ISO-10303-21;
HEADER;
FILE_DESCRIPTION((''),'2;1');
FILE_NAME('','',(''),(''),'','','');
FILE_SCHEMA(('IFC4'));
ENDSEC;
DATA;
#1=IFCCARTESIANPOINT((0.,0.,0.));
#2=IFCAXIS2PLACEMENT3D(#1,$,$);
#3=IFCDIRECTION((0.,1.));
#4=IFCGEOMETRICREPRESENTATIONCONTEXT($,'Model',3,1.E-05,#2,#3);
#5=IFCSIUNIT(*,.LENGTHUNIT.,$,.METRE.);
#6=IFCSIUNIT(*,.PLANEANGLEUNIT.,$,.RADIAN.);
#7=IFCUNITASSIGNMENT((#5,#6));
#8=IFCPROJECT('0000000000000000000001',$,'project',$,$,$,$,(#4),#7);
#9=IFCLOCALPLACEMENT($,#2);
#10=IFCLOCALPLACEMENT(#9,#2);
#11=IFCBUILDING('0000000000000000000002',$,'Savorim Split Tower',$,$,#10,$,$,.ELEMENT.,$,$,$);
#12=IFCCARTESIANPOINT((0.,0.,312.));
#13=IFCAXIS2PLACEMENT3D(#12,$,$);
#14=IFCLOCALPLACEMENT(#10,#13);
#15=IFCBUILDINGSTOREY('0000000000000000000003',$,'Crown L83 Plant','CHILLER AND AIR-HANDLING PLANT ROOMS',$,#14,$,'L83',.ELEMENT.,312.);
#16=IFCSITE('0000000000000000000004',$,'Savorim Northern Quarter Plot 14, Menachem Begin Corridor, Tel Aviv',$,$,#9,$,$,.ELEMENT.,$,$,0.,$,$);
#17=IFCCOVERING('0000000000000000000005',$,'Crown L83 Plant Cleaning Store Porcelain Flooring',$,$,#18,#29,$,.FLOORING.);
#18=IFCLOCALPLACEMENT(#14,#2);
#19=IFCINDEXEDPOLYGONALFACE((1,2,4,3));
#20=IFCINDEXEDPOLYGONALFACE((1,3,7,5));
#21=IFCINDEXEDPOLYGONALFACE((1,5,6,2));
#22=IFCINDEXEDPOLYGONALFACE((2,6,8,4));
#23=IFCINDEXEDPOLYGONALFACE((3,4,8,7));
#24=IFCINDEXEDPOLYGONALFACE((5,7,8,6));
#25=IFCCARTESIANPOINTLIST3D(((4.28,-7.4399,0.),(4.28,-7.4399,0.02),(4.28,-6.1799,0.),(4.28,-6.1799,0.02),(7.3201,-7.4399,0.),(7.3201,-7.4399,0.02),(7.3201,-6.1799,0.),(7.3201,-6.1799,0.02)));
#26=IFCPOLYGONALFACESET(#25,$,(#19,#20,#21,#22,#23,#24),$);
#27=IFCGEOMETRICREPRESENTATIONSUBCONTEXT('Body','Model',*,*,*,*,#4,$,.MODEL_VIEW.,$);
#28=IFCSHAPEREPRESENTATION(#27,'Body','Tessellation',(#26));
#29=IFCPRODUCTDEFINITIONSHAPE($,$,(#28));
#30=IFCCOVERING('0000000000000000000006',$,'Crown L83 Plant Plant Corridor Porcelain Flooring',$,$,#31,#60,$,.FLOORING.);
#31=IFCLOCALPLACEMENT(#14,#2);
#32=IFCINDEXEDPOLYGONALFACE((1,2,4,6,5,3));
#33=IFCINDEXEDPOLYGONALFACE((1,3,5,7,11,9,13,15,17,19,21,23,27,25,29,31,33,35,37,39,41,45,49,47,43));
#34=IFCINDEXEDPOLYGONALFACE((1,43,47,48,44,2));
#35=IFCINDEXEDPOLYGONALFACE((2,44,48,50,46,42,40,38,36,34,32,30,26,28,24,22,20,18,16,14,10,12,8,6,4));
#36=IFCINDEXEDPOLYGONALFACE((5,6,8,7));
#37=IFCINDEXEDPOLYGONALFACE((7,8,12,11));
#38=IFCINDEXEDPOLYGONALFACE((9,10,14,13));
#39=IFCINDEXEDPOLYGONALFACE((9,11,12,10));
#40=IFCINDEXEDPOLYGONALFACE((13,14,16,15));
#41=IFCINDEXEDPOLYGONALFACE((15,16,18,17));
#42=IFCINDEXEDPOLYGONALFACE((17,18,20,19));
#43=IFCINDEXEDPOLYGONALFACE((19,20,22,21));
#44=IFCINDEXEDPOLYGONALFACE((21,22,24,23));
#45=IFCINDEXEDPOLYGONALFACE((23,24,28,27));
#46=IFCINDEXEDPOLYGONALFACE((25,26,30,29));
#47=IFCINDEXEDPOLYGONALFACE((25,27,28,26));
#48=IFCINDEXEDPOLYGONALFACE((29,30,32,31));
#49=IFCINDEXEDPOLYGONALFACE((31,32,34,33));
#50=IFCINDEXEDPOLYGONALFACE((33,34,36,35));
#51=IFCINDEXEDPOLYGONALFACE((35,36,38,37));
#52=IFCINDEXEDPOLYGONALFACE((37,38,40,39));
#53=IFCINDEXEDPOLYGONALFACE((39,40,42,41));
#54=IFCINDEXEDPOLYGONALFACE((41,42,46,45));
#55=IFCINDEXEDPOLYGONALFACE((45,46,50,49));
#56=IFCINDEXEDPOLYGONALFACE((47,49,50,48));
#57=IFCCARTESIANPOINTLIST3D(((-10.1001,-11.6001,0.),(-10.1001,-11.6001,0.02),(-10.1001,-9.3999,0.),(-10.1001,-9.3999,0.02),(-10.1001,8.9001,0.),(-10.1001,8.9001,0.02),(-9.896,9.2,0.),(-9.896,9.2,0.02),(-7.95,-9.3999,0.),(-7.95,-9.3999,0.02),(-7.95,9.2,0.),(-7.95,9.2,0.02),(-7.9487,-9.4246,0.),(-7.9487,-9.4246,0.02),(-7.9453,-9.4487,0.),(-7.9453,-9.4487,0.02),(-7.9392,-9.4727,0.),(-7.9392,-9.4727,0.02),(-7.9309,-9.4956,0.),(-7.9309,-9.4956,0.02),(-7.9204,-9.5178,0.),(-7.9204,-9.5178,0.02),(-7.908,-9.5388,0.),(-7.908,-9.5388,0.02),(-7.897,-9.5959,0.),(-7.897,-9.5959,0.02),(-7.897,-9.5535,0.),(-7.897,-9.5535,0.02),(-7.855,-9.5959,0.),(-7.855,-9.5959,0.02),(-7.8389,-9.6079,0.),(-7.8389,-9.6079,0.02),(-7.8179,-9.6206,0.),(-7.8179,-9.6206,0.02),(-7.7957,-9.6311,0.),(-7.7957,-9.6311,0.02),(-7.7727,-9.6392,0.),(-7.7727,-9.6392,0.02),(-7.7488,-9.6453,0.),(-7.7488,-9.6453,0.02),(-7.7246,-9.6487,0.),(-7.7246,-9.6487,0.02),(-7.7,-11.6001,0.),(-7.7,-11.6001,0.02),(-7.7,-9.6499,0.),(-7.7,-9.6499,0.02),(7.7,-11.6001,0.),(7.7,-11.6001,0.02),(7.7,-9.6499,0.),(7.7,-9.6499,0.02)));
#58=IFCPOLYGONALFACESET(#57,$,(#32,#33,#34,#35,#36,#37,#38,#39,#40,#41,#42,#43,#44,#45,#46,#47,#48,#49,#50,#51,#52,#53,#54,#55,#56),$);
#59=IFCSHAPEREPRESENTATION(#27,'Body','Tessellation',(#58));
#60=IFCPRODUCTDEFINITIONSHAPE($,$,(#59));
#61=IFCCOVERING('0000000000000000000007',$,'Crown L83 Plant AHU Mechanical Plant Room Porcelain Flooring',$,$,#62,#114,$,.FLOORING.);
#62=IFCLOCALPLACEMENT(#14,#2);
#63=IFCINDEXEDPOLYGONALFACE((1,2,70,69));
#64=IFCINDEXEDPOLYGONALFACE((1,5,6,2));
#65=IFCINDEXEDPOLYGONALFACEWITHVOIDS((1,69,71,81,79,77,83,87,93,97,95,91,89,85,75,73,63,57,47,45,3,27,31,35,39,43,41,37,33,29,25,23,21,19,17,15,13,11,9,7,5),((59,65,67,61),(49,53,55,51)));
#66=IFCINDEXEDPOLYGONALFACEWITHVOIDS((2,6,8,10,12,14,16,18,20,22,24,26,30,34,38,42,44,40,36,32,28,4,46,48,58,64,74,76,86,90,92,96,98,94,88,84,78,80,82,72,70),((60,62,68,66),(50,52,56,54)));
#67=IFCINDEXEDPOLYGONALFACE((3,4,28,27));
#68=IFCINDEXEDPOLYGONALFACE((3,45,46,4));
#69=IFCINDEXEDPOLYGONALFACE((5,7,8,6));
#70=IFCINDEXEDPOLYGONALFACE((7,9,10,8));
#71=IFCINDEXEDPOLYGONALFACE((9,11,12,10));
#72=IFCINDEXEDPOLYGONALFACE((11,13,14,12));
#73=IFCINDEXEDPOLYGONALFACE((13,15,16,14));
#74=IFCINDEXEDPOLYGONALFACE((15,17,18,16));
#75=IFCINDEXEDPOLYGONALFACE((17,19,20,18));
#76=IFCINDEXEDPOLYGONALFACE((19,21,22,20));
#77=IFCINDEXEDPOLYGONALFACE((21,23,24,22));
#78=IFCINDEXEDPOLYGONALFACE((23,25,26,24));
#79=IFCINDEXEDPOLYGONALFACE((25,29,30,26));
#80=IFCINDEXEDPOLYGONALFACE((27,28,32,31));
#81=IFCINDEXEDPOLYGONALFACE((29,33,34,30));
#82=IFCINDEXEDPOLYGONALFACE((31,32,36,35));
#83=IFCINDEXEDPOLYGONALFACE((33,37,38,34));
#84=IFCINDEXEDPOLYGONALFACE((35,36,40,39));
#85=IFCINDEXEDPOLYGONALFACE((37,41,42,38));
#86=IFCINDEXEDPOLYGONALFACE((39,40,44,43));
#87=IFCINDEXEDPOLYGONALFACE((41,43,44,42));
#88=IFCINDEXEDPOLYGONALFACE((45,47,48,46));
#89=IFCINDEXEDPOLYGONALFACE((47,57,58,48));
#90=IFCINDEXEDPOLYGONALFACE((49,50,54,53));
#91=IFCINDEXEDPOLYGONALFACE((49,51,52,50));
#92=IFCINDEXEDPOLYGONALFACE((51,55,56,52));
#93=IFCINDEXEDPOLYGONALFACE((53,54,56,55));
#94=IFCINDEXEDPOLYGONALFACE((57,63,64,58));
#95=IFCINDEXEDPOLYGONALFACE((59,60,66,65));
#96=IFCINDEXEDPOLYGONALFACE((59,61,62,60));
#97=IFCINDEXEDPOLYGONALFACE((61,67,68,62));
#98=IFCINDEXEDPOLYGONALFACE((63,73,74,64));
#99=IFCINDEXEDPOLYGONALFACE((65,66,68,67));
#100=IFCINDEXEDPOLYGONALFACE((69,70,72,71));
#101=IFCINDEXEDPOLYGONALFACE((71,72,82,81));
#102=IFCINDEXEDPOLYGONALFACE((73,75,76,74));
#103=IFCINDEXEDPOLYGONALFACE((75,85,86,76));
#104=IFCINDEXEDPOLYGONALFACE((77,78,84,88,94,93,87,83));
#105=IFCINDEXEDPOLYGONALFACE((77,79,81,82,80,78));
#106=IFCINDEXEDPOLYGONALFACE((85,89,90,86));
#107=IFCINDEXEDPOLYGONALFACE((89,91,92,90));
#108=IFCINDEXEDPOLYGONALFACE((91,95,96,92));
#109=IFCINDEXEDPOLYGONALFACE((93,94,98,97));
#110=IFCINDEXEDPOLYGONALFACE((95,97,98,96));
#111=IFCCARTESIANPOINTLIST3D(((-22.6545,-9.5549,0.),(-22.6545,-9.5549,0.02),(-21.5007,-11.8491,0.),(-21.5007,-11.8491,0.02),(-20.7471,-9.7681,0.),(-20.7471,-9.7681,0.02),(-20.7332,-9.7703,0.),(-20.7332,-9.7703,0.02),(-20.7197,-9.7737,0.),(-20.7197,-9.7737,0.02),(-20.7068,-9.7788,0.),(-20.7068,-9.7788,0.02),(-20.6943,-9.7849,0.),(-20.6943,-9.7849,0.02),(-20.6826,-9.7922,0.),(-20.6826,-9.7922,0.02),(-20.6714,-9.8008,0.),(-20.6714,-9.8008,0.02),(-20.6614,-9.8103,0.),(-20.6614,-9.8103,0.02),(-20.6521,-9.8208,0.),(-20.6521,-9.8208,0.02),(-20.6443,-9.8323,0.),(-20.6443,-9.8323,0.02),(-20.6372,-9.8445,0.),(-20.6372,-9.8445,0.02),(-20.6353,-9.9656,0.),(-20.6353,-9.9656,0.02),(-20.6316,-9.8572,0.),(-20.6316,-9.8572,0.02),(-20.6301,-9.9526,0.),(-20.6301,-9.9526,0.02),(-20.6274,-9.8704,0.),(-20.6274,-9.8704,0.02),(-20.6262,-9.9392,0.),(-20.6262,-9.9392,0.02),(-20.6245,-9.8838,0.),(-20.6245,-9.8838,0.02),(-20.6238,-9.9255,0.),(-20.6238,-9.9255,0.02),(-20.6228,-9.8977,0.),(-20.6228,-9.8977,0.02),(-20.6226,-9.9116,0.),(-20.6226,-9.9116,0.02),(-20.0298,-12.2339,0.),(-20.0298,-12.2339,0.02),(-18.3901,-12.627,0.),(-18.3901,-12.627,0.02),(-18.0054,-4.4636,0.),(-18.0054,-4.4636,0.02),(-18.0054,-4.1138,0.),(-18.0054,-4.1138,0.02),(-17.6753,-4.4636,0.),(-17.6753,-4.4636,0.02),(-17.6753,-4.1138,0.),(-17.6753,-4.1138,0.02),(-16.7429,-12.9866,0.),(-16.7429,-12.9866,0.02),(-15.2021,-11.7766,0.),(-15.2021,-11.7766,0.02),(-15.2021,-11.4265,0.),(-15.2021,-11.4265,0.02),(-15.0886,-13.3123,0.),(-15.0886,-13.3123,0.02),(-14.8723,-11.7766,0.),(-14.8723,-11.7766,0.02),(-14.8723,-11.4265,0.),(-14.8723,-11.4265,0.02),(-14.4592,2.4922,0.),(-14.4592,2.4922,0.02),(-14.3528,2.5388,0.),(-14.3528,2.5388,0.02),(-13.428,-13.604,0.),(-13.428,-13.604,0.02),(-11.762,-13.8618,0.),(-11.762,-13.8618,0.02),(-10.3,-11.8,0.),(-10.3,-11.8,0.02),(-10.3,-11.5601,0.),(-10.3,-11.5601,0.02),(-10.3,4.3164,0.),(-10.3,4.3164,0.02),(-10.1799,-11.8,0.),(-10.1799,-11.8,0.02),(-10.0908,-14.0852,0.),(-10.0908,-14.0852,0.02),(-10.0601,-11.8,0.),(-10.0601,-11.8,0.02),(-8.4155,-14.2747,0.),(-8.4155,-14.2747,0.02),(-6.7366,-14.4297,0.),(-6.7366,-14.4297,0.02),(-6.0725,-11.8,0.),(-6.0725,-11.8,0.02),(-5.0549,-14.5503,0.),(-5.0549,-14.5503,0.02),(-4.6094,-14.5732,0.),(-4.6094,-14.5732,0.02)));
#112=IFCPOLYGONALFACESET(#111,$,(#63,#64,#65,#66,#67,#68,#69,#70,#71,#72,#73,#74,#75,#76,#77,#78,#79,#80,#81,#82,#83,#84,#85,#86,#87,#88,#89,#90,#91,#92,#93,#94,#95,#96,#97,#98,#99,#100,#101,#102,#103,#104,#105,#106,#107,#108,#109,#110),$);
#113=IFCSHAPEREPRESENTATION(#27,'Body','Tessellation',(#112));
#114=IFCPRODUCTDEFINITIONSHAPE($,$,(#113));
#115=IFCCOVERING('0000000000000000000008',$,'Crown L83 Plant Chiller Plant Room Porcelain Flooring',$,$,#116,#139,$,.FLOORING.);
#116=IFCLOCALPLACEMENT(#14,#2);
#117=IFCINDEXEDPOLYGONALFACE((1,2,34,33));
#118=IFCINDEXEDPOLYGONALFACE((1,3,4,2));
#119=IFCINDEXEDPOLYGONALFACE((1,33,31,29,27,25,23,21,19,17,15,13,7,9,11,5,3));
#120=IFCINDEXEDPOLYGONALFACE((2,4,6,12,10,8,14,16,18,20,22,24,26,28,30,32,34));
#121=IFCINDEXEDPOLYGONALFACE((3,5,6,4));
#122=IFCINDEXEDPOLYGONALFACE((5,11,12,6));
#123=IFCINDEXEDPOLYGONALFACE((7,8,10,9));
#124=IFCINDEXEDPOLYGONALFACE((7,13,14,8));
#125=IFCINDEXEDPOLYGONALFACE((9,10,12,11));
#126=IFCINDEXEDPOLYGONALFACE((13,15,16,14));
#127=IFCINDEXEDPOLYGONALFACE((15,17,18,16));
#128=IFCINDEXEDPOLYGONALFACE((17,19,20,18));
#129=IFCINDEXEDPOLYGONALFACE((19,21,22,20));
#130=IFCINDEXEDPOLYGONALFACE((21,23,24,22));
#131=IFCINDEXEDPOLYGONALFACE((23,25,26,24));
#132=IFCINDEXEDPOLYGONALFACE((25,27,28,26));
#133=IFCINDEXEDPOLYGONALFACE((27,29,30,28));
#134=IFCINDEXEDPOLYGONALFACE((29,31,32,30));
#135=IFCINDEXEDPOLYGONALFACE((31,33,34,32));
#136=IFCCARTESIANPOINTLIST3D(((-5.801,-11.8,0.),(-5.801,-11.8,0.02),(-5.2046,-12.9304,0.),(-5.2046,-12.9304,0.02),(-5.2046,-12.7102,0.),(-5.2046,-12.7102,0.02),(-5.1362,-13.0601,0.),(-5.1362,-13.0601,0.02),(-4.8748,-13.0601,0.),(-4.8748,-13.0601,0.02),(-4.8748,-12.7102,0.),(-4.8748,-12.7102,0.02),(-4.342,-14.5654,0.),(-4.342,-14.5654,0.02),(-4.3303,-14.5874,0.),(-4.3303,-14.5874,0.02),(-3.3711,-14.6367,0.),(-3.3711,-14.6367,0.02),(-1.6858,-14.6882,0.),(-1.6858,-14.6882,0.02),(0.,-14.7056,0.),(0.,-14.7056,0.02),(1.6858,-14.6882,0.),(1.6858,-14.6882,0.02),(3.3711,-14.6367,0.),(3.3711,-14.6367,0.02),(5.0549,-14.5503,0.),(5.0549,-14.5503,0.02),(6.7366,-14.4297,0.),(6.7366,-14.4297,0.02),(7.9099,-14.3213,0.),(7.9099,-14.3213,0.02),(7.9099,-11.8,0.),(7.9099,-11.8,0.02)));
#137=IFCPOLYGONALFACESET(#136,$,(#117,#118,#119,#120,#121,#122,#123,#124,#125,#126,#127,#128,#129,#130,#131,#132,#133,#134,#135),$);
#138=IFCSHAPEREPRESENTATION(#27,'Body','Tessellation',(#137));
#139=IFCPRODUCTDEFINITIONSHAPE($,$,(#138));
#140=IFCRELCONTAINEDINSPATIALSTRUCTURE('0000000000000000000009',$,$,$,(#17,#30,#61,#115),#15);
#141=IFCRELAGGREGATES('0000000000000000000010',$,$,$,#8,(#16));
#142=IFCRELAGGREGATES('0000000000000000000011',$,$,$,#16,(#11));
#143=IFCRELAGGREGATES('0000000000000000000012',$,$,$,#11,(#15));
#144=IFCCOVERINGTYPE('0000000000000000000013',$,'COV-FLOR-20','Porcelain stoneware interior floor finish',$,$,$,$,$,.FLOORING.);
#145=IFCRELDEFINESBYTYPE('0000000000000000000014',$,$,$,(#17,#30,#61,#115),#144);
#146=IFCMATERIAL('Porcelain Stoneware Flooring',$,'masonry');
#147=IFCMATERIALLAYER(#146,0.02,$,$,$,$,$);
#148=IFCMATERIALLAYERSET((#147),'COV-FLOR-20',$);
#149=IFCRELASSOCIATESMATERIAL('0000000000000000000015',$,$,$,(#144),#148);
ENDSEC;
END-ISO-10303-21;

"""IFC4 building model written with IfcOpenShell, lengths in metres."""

from ifc_helpers import new_model, si_unit, direction, frame, origin, place, context, subcontext, project, spatial, polyline, outline, extrude, material, layer, layer_set, type_object, element, save


model = new_model("IFC4")

# Units and contexts
model_context = context("Model", 3, precision=1e-05, world=origin(), true_north=direction((0.0, 1.0)))
body_context = subcontext(model_context, "Body", "Model", "MODEL_VIEW")
ifc_project = project(units=[si_unit("LENGTHUNIT", "METRE"), si_unit("PLANEANGLEUNIT", "RADIAN")], contexts=[model_context])

# Site, building, storey
site_placement = place(None, origin())
site = spatial("IfcSite", under=ifc_project, at=site_placement, Name="Savorim Northern Quarter Plot 14, Menachem Begin Corridor, Tel Aviv", CompositionType="ELEMENT", RefElevation=0.0)
building_placement = place(site_placement, origin())
building = spatial("IfcBuilding", under=site, at=building_placement, Name="Savorim Split Tower", CompositionType="ELEMENT")
storey_placement = place(building_placement, frame((0.0, 0.0, 312.0)))
storey = spatial("IfcBuildingStorey", under=building, at=storey_placement, Name="Crown L83 Plant", Description="CHILLER AND AIR-HANDLING PLANT ROOMS", LongName="L83", CompositionType="ELEMENT", Elevation=312.0)

# Coverings
ifc_material_1 = material(Name="Porcelain Stoneware Flooring", Category="masonry")
ifc_layer_1 = layer(ifc_material_1, 0.02)
ifc_layer_set_1 = layer_set([ifc_layer_1], Name="COV-FLOR-20")
covering_type_1 = type_object("IfcCoveringType", Name="COV-FLOR-20", Description="Porcelain stoneware interior floor finish", PredefinedType="FLOORING", material=ifc_layer_set_1)
covering_1_placement = place(storey_placement, origin())
element("IfcCovering", 1, at=covering_1_placement, inside=storey, type_object=covering_type_1, Name="Crown L83 Plant Cleaning Store Porcelain Flooring", PredefinedType="FLOORING", context=body_context, shape_type="SweptSolid", body=[
    extrude(outline(polyline([(4.28, -6.1799), (4.28, -7.4399), (7.3201, -7.4399), (7.3201, -6.1799), (4.28, -6.1799)])), origin(), (0.0, 0.0, 1.0), 0.02),
])
covering_2_placement = place(storey_placement, origin())
element("IfcCovering", 2, at=covering_2_placement, inside=storey, type_object=covering_type_1, Name="Crown L83 Plant Plant Corridor Porcelain Flooring", PredefinedType="FLOORING", context=body_context, shape_type="SweptSolid", body=[
    extrude(outline(polyline([(-10.1001, -11.6001), (-7.7, -11.6001), (7.7, -11.6001), (7.7, -9.6499), (-7.7, -9.6499), (-7.7246, -9.6487), (-7.7488, -9.6453), (-7.7727, -9.6392), (-7.7957, -9.6311), (-7.8179, -9.6206), (-7.8389, -9.6079), (-7.855, -9.5959), (-7.897, -9.5959), (-7.897, -9.5535), (-7.908, -9.5388), (-7.9204, -9.5178), (-7.9309, -9.4956), (-7.9392, -9.4727), (-7.9453, -9.4487), (-7.9487, -9.4246), (-7.95, -9.3999), (-7.95, 9.2), (-9.896, 9.2), (-10.1001, 8.9001), (-10.1001, -9.3999), (-10.1001, -11.6001)])), origin(), (0.0, 0.0, 1.0), 0.02),
])
covering_3_placement = place(storey_placement, origin())
element("IfcCovering", 3, at=covering_3_placement, inside=storey, type_object=covering_type_1, Name="Crown L83 Plant AHU Mechanical Plant Room Porcelain Flooring", PredefinedType="FLOORING", context=body_context, shape_type="SweptSolid", body=[
    extrude(outline(polyline([(-8.4155, -14.2747), (-6.7366, -14.4297), (-5.0549, -14.5503), (-4.6094, -14.5732), (-6.0725, -11.8), (-10.0601, -11.8), (-10.1799, -11.8), (-10.3, -11.8), (-10.3, -11.5601), (-10.3, 4.3164), (-14.3528, 2.5388), (-14.4592, 2.4922), (-22.6545, -9.5549), (-20.7471, -9.7681), (-20.7332, -9.7703), (-20.7197, -9.7737), (-20.7068, -9.7788), (-20.6943, -9.7849), (-20.6826, -9.7922), (-20.6714, -9.8008), (-20.6614, -9.8103), (-20.6521, -9.8208), (-20.6443, -9.8323), (-20.6372, -9.8445), (-20.6316, -9.8572), (-20.6274, -9.8704), (-20.6245, -9.8838), (-20.6228, -9.8977), (-20.6226, -9.9116), (-20.6238, -9.9255), (-20.6262, -9.9392), (-20.6301, -9.9526), (-20.6353, -9.9656), (-21.5007, -11.8491), (-20.0298, -12.2339), (-18.3901, -12.627), (-16.7429, -12.9866), (-15.0886, -13.3123), (-13.428, -13.604), (-11.762, -13.8618), (-10.0908, -14.0852), (-8.4155, -14.2747)]), holes=[polyline([(-14.8723, -11.7766), (-14.8723, -11.4265), (-15.2021, -11.4265), (-15.2021, -11.7766), (-14.8723, -11.7766)]), polyline([(-17.6753, -4.4636), (-17.6753, -4.1138), (-18.0054, -4.1138), (-18.0054, -4.4636), (-17.6753, -4.4636)])]), origin(), (0.0, 0.0, 1.0), 0.02),
])
covering_4_placement = place(storey_placement, origin())
element("IfcCovering", 4, at=covering_4_placement, inside=storey, type_object=covering_type_1, Name="Crown L83 Plant Chiller Plant Room Porcelain Flooring", PredefinedType="FLOORING", context=body_context, shape_type="SweptSolid", body=[
    extrude(outline(polyline([(3.3711, -14.6367), (5.0549, -14.5503), (6.7366, -14.4297), (7.9099, -14.3213), (7.9099, -11.8), (-5.801, -11.8), (-5.2046, -12.9304), (-5.2046, -12.7102), (-4.8748, -12.7102), (-4.8748, -13.0601), (-5.1362, -13.0601), (-4.342, -14.5654), (-4.3303, -14.5874), (-3.3711, -14.6367), (-1.6858, -14.6882), (0.0, -14.7056), (1.6858, -14.6882), (3.3711, -14.6367)])), origin(), (0.0, 0.0, 1.0), 0.02),
])

save(model, "model.ifc")
